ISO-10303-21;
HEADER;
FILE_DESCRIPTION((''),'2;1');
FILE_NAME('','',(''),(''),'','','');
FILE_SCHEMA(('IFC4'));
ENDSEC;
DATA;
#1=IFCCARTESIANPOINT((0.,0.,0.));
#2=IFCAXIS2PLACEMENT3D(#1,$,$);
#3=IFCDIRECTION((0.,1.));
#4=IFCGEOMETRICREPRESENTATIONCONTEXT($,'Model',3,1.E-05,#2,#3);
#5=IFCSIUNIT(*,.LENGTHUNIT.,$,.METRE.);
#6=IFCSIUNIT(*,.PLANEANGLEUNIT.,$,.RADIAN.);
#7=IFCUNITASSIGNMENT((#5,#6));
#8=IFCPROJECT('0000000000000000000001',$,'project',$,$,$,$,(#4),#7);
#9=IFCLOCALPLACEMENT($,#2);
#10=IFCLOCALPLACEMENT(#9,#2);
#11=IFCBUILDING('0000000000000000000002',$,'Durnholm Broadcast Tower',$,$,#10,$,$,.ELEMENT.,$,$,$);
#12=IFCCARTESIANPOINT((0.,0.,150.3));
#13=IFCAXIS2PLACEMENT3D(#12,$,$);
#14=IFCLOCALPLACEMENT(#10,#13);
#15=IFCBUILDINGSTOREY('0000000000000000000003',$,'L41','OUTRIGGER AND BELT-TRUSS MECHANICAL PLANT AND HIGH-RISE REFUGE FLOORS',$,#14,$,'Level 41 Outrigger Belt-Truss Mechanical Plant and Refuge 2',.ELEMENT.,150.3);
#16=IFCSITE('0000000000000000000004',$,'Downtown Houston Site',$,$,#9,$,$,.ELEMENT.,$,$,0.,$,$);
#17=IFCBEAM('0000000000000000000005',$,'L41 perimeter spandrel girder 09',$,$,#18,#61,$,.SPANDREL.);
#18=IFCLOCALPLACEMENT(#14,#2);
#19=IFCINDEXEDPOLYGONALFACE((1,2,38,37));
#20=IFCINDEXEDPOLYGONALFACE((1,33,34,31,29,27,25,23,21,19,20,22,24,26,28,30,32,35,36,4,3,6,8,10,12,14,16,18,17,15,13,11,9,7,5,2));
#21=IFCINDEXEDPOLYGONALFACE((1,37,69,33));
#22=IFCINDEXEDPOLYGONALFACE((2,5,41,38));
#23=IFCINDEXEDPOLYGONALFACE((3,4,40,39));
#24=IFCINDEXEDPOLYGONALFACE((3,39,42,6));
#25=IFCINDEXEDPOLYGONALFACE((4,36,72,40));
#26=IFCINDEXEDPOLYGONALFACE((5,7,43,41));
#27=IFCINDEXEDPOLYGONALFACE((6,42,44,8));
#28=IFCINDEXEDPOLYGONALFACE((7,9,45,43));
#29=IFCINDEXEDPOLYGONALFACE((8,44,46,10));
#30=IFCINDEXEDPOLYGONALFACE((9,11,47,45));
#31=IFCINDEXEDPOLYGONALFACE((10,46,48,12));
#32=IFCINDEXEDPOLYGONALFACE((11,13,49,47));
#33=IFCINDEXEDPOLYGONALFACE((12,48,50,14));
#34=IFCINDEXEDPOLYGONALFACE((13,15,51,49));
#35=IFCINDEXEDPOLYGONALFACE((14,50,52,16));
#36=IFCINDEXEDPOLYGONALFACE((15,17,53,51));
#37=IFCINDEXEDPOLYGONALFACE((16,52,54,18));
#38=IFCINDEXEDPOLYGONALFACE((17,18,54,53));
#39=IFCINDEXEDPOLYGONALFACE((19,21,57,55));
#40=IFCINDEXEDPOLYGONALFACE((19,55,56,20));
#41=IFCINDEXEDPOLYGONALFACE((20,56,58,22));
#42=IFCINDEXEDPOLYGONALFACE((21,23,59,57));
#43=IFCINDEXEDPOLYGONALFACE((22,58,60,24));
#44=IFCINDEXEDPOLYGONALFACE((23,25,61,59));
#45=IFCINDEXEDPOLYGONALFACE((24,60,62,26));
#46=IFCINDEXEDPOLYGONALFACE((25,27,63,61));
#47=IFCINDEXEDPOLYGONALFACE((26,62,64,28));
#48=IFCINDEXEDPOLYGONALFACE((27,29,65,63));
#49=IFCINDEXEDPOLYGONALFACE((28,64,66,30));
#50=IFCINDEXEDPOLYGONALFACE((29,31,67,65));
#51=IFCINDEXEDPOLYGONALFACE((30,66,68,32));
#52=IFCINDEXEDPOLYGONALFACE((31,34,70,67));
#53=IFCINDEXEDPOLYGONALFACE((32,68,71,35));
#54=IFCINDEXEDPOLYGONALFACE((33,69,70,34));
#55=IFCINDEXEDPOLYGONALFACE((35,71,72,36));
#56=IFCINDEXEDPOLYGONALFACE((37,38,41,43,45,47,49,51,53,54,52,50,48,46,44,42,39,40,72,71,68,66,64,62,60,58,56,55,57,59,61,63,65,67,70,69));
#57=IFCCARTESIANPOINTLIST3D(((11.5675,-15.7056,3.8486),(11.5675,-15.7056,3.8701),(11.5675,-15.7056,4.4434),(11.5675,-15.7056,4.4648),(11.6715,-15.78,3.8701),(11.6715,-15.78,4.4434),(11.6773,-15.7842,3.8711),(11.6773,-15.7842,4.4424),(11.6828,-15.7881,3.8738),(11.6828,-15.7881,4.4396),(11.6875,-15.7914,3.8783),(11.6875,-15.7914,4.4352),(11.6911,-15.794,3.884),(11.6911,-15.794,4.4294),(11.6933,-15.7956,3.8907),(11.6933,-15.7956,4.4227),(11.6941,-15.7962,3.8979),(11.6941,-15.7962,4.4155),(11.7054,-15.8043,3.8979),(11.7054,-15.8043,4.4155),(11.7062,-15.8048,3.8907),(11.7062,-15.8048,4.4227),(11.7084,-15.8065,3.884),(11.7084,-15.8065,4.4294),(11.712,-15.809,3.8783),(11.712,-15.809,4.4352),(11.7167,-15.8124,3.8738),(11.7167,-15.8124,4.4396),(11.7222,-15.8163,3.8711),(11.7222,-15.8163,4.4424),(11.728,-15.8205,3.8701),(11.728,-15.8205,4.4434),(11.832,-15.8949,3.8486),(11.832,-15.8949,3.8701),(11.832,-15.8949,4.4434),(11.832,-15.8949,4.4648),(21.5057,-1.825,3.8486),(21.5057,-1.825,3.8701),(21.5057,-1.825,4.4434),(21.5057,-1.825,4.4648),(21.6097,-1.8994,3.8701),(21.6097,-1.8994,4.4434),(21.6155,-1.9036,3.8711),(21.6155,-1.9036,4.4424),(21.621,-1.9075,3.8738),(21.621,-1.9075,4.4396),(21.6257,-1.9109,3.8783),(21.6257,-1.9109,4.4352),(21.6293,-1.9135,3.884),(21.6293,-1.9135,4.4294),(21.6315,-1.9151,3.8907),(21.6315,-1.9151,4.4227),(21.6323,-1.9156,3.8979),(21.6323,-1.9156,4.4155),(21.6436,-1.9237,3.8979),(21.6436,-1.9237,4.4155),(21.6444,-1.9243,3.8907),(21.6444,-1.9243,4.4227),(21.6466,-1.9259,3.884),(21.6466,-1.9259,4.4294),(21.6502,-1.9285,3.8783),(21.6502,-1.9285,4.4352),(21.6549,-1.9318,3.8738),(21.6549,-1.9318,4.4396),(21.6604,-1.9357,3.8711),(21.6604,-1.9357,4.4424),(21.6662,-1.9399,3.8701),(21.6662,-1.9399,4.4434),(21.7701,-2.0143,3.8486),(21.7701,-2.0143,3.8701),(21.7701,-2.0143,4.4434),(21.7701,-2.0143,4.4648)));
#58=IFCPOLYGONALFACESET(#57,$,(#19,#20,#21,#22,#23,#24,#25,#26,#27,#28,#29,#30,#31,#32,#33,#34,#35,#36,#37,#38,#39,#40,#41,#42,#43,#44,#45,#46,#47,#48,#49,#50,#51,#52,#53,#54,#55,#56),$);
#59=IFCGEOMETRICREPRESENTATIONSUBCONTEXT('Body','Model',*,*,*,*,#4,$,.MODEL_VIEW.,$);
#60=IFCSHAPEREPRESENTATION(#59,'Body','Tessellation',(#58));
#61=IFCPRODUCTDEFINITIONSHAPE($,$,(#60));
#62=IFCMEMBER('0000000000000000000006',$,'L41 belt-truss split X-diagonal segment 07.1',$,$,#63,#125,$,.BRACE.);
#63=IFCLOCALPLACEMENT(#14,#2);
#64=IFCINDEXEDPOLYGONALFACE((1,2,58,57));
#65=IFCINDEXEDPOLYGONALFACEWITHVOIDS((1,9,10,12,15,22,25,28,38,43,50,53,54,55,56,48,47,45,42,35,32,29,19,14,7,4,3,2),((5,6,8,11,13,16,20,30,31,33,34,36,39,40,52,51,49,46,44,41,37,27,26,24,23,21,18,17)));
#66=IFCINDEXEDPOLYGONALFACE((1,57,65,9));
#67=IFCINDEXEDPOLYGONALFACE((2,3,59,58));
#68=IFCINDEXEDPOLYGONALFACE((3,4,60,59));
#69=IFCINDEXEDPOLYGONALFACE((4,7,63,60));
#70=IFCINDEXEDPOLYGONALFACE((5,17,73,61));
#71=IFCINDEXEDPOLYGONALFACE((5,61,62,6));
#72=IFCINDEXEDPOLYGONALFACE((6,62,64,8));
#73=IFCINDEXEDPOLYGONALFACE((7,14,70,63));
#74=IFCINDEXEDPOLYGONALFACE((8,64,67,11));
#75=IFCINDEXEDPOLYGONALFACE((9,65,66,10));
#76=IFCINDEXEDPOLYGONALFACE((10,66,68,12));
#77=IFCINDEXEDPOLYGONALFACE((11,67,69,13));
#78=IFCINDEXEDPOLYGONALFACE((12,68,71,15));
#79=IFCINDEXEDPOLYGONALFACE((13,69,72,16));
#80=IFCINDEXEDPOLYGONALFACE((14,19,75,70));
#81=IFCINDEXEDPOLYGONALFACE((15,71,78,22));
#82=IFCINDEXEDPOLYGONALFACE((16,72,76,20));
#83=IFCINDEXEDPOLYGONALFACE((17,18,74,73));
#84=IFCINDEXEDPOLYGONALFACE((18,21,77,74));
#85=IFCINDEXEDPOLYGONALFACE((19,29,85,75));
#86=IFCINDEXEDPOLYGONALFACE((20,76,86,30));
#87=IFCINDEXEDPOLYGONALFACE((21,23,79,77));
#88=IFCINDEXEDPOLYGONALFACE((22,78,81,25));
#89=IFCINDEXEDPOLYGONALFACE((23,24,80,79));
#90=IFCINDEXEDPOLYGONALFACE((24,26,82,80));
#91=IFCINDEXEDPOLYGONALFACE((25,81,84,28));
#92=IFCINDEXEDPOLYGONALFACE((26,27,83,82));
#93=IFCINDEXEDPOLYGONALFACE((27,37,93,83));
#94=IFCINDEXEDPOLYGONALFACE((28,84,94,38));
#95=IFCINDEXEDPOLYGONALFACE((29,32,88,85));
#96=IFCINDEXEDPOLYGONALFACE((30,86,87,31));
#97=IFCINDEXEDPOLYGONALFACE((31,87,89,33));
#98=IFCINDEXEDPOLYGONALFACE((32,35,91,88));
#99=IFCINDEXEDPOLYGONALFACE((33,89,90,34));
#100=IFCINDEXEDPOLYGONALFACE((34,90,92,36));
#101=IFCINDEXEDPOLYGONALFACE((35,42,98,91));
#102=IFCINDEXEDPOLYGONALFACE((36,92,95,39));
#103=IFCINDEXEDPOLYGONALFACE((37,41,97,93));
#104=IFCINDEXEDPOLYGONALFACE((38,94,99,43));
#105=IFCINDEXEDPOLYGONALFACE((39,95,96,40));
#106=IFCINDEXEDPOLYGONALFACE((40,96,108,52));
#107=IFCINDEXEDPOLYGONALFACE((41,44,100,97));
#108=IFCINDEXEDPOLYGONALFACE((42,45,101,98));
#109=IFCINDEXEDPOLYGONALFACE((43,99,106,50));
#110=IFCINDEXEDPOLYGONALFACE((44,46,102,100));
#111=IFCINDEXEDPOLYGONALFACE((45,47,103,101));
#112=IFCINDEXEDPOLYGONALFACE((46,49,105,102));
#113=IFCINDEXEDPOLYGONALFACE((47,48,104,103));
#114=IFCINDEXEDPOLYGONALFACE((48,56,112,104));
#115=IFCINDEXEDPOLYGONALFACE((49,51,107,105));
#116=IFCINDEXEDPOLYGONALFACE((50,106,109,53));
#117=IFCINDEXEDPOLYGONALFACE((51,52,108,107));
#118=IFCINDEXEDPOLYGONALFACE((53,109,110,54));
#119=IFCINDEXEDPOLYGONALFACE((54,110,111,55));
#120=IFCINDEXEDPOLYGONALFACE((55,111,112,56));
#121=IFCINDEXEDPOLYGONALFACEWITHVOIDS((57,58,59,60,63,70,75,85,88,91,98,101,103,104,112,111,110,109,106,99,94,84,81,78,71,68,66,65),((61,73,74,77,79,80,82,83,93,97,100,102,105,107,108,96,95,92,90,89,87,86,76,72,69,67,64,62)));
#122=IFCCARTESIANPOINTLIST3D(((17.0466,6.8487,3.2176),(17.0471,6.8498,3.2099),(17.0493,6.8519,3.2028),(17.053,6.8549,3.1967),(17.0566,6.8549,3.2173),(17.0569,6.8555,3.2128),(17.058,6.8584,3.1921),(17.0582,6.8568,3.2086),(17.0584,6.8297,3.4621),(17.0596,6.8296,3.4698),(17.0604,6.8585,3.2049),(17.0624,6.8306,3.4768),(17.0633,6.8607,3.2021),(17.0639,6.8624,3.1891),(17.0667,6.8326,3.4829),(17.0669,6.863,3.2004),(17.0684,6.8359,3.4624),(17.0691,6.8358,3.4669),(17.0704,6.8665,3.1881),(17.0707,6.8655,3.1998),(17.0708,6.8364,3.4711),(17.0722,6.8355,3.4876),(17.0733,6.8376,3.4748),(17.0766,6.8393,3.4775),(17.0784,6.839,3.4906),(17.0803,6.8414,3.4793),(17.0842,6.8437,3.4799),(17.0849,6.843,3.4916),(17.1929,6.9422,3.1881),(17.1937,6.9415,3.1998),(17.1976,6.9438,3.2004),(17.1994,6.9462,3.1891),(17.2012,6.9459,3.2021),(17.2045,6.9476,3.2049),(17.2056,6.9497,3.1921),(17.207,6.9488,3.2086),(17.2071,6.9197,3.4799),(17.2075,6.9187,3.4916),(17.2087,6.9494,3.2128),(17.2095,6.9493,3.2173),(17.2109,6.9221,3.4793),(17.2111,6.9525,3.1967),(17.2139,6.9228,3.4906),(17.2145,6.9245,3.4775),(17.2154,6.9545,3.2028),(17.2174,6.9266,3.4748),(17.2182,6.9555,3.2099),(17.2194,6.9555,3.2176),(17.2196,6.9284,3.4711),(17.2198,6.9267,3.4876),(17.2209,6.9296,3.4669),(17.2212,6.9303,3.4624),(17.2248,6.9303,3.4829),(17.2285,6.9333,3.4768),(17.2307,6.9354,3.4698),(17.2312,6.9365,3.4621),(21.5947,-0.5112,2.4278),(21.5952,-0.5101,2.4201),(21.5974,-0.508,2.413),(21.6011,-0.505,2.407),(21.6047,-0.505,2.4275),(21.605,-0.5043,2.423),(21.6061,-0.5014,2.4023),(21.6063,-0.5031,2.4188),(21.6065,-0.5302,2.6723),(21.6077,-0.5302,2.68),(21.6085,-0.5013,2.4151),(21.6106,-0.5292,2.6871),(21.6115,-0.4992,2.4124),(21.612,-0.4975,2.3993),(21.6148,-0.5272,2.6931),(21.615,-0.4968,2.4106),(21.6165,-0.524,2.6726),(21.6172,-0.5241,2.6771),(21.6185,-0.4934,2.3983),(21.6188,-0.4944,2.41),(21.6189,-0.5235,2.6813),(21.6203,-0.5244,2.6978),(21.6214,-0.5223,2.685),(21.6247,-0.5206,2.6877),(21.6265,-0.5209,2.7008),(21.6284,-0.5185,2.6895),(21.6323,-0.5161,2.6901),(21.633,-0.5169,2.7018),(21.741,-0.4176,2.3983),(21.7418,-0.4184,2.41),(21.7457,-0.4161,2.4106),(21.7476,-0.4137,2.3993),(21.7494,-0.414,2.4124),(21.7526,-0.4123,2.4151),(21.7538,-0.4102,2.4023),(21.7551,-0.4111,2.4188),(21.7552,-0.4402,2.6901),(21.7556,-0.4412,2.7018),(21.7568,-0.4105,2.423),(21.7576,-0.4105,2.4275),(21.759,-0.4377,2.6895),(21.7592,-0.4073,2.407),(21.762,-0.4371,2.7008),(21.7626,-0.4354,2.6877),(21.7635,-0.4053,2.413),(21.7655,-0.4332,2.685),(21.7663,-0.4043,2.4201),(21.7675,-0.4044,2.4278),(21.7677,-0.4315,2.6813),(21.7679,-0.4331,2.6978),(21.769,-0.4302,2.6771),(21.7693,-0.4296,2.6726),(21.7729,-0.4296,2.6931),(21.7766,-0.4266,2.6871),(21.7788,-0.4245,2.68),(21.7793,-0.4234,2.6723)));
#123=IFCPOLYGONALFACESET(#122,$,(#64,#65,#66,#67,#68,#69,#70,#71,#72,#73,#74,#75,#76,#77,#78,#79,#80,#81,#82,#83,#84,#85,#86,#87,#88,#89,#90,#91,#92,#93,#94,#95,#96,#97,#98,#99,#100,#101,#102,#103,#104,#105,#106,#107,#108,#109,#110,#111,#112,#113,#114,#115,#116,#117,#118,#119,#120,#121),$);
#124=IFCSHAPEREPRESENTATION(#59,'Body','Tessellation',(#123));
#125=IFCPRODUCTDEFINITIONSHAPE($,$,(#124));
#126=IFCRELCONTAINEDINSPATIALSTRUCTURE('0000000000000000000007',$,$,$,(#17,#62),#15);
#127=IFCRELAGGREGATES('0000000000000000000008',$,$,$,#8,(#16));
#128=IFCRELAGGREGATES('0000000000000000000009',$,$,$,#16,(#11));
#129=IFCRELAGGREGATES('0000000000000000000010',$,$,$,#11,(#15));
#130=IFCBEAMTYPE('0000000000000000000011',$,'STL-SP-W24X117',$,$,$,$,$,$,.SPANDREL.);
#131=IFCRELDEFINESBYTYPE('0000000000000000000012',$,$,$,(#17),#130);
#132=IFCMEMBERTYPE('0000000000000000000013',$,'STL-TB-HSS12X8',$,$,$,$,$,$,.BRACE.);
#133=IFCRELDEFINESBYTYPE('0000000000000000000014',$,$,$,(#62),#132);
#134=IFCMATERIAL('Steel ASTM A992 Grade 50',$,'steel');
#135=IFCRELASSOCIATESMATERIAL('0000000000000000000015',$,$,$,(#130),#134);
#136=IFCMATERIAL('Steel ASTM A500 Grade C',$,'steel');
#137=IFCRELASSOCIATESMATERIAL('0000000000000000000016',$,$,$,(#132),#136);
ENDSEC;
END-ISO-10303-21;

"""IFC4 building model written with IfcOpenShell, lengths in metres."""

from ifc_helpers import new_model, si_unit, direction, frame, origin, origin_2d, place, context, subcontext, project, spatial, hollow_rectangle, i_section, extrude, source, transform, mapped, material, material_profile, profile_set, type_object, type_shapes, element, save


model = new_model("IFC4")

# Units and contexts
model_context = context("Model", 3, precision=1e-05, world=origin(), true_north=direction((0.0, 1.0)))
body_context = subcontext(model_context, "Body", "Model", "MODEL_VIEW")
ifc_project = project(units=[si_unit("LENGTHUNIT", "METRE"), si_unit("PLANEANGLEUNIT", "RADIAN")], contexts=[model_context])

# Site, building, storey
site_placement = place(None, origin())
site = spatial("IfcSite", under=ifc_project, at=site_placement, Name="Downtown Houston Site", CompositionType="ELEMENT", RefElevation=0.0)
building_placement = place(site_placement, origin())
building = spatial("IfcBuilding", under=site, at=building_placement, Name="Durnholm Broadcast Tower", CompositionType="ELEMENT")
storey_placement = place(building_placement, frame((0.0, 0.0, 150.3)))
storey = spatial("IfcBuildingStorey", under=building, at=storey_placement, Name="L41", Description="OUTRIGGER AND BELT-TRUSS MECHANICAL PLANT AND HIGH-RISE REFUGE FLOORS", LongName="Level 41 Outrigger Belt-Truss Mechanical Plant and Refuge 2", CompositionType="ELEMENT", Elevation=150.3)

# Beam
ifc_material_1 = material(Name="Steel ASTM A992 Grade 50", Category="steel")
ifc_material_profile_1 = material_profile(ifc_material_1, i_section(OverallWidth=0.3252, OverallDepth=0.6162, WebThickness=0.0139, FlangeThickness=0.0215, FilletRadius=0.0278, at=origin_2d()), Name="W24X117")
ifc_profile_set_1 = profile_set([ifc_material_profile_1], Name="Steel ASTM A992 Grade 50")
beam_type_1 = type_object("IfcBeamType", Name="STL-SP-W24X117", PredefinedType="SPANDREL", material=ifc_profile_set_1)
shared_shape_1 = source(origin(), body_context, "Body", "SweptSolid", [
    extrude(i_section(OverallWidth=0.3252, OverallDepth=0.6162, WebThickness=0.0139, FlangeThickness=0.0215, FilletRadius=0.0278, at=origin_2d()), origin(), (0.0, 0.0, 1.0), 17.0715),
])
beam_1_placement = place(storey_placement, frame((21.6379, -1.9197, 4.1567), z_axis=(-0.58215, -0.813082, 0.0), x_axis=(0.813082, -0.58215, 0.0)))
element("IfcBeam", 1, at=beam_1_placement, inside=storey, type_object=beam_type_1, Name="L41 perimeter spandrel girder 09", PredefinedType="SPANDREL", context=body_context, shape_type="MappedRepresentation", body=[
    mapped(shared_shape_1, transform((0.0, 0.0, 0.0), x_axis=(1.0, 0.0, 0.0), y_axis=(0.0, 1.0, 0.0), z_axis=(0.0, 0.0, 1.0), scale=1.0)),
])

# Member
ifc_material_2 = material(Name="Steel ASTM A500 Grade C", Category="steel")
ifc_material_profile_2 = material_profile(ifc_material_2, hollow_rectangle(XDim=0.2031, YDim=0.3047, WallThickness=0.0117, InnerFilletRadius=0.0176, OuterFilletRadius=0.0295, at=origin_2d()), Name="HSS12X8X1/2")
ifc_profile_set_2 = profile_set([ifc_material_profile_2], Name="Steel ASTM A500 Grade C")
member_type_1 = type_object("IfcMemberType", Name="STL-TB-HSS12X8", PredefinedType="BRACE", material=ifc_profile_set_2)
shared_shape_2 = source(origin(), body_context, "Body", "SweptSolid", [
    extrude(hollow_rectangle(XDim=0.2031, YDim=0.3047, WallThickness=0.0117, InnerFilletRadius=0.0176, OuterFilletRadius=0.0295, at=origin_2d()), origin(), (0.0, 0.0, 1.0), 8.6877),
])
type_shapes(member_type_1, [shared_shape_2])
member_1_placement = place(storey_placement, frame((21.687, -0.4673, 2.55), z_axis=(-0.523508, 0.847157, 0.090909), x_axis=(-0.850679, -0.525685, 0.0)))
element("IfcMember", 2, at=member_1_placement, inside=storey, type_object=member_type_1, Name="L41 belt-truss split X-diagonal segment 07.1", PredefinedType="BRACE", context=body_context, shape_type="MappedRepresentation", body=[
    mapped(shared_shape_2, transform((0.0, 0.0, 0.0), x_axis=(1.0, 0.0, 0.0), y_axis=(0.0, 1.0, 0.0), z_axis=(0.0, 0.0, 1.0), scale=1.0)),
])

save(model, "model.ifc")
